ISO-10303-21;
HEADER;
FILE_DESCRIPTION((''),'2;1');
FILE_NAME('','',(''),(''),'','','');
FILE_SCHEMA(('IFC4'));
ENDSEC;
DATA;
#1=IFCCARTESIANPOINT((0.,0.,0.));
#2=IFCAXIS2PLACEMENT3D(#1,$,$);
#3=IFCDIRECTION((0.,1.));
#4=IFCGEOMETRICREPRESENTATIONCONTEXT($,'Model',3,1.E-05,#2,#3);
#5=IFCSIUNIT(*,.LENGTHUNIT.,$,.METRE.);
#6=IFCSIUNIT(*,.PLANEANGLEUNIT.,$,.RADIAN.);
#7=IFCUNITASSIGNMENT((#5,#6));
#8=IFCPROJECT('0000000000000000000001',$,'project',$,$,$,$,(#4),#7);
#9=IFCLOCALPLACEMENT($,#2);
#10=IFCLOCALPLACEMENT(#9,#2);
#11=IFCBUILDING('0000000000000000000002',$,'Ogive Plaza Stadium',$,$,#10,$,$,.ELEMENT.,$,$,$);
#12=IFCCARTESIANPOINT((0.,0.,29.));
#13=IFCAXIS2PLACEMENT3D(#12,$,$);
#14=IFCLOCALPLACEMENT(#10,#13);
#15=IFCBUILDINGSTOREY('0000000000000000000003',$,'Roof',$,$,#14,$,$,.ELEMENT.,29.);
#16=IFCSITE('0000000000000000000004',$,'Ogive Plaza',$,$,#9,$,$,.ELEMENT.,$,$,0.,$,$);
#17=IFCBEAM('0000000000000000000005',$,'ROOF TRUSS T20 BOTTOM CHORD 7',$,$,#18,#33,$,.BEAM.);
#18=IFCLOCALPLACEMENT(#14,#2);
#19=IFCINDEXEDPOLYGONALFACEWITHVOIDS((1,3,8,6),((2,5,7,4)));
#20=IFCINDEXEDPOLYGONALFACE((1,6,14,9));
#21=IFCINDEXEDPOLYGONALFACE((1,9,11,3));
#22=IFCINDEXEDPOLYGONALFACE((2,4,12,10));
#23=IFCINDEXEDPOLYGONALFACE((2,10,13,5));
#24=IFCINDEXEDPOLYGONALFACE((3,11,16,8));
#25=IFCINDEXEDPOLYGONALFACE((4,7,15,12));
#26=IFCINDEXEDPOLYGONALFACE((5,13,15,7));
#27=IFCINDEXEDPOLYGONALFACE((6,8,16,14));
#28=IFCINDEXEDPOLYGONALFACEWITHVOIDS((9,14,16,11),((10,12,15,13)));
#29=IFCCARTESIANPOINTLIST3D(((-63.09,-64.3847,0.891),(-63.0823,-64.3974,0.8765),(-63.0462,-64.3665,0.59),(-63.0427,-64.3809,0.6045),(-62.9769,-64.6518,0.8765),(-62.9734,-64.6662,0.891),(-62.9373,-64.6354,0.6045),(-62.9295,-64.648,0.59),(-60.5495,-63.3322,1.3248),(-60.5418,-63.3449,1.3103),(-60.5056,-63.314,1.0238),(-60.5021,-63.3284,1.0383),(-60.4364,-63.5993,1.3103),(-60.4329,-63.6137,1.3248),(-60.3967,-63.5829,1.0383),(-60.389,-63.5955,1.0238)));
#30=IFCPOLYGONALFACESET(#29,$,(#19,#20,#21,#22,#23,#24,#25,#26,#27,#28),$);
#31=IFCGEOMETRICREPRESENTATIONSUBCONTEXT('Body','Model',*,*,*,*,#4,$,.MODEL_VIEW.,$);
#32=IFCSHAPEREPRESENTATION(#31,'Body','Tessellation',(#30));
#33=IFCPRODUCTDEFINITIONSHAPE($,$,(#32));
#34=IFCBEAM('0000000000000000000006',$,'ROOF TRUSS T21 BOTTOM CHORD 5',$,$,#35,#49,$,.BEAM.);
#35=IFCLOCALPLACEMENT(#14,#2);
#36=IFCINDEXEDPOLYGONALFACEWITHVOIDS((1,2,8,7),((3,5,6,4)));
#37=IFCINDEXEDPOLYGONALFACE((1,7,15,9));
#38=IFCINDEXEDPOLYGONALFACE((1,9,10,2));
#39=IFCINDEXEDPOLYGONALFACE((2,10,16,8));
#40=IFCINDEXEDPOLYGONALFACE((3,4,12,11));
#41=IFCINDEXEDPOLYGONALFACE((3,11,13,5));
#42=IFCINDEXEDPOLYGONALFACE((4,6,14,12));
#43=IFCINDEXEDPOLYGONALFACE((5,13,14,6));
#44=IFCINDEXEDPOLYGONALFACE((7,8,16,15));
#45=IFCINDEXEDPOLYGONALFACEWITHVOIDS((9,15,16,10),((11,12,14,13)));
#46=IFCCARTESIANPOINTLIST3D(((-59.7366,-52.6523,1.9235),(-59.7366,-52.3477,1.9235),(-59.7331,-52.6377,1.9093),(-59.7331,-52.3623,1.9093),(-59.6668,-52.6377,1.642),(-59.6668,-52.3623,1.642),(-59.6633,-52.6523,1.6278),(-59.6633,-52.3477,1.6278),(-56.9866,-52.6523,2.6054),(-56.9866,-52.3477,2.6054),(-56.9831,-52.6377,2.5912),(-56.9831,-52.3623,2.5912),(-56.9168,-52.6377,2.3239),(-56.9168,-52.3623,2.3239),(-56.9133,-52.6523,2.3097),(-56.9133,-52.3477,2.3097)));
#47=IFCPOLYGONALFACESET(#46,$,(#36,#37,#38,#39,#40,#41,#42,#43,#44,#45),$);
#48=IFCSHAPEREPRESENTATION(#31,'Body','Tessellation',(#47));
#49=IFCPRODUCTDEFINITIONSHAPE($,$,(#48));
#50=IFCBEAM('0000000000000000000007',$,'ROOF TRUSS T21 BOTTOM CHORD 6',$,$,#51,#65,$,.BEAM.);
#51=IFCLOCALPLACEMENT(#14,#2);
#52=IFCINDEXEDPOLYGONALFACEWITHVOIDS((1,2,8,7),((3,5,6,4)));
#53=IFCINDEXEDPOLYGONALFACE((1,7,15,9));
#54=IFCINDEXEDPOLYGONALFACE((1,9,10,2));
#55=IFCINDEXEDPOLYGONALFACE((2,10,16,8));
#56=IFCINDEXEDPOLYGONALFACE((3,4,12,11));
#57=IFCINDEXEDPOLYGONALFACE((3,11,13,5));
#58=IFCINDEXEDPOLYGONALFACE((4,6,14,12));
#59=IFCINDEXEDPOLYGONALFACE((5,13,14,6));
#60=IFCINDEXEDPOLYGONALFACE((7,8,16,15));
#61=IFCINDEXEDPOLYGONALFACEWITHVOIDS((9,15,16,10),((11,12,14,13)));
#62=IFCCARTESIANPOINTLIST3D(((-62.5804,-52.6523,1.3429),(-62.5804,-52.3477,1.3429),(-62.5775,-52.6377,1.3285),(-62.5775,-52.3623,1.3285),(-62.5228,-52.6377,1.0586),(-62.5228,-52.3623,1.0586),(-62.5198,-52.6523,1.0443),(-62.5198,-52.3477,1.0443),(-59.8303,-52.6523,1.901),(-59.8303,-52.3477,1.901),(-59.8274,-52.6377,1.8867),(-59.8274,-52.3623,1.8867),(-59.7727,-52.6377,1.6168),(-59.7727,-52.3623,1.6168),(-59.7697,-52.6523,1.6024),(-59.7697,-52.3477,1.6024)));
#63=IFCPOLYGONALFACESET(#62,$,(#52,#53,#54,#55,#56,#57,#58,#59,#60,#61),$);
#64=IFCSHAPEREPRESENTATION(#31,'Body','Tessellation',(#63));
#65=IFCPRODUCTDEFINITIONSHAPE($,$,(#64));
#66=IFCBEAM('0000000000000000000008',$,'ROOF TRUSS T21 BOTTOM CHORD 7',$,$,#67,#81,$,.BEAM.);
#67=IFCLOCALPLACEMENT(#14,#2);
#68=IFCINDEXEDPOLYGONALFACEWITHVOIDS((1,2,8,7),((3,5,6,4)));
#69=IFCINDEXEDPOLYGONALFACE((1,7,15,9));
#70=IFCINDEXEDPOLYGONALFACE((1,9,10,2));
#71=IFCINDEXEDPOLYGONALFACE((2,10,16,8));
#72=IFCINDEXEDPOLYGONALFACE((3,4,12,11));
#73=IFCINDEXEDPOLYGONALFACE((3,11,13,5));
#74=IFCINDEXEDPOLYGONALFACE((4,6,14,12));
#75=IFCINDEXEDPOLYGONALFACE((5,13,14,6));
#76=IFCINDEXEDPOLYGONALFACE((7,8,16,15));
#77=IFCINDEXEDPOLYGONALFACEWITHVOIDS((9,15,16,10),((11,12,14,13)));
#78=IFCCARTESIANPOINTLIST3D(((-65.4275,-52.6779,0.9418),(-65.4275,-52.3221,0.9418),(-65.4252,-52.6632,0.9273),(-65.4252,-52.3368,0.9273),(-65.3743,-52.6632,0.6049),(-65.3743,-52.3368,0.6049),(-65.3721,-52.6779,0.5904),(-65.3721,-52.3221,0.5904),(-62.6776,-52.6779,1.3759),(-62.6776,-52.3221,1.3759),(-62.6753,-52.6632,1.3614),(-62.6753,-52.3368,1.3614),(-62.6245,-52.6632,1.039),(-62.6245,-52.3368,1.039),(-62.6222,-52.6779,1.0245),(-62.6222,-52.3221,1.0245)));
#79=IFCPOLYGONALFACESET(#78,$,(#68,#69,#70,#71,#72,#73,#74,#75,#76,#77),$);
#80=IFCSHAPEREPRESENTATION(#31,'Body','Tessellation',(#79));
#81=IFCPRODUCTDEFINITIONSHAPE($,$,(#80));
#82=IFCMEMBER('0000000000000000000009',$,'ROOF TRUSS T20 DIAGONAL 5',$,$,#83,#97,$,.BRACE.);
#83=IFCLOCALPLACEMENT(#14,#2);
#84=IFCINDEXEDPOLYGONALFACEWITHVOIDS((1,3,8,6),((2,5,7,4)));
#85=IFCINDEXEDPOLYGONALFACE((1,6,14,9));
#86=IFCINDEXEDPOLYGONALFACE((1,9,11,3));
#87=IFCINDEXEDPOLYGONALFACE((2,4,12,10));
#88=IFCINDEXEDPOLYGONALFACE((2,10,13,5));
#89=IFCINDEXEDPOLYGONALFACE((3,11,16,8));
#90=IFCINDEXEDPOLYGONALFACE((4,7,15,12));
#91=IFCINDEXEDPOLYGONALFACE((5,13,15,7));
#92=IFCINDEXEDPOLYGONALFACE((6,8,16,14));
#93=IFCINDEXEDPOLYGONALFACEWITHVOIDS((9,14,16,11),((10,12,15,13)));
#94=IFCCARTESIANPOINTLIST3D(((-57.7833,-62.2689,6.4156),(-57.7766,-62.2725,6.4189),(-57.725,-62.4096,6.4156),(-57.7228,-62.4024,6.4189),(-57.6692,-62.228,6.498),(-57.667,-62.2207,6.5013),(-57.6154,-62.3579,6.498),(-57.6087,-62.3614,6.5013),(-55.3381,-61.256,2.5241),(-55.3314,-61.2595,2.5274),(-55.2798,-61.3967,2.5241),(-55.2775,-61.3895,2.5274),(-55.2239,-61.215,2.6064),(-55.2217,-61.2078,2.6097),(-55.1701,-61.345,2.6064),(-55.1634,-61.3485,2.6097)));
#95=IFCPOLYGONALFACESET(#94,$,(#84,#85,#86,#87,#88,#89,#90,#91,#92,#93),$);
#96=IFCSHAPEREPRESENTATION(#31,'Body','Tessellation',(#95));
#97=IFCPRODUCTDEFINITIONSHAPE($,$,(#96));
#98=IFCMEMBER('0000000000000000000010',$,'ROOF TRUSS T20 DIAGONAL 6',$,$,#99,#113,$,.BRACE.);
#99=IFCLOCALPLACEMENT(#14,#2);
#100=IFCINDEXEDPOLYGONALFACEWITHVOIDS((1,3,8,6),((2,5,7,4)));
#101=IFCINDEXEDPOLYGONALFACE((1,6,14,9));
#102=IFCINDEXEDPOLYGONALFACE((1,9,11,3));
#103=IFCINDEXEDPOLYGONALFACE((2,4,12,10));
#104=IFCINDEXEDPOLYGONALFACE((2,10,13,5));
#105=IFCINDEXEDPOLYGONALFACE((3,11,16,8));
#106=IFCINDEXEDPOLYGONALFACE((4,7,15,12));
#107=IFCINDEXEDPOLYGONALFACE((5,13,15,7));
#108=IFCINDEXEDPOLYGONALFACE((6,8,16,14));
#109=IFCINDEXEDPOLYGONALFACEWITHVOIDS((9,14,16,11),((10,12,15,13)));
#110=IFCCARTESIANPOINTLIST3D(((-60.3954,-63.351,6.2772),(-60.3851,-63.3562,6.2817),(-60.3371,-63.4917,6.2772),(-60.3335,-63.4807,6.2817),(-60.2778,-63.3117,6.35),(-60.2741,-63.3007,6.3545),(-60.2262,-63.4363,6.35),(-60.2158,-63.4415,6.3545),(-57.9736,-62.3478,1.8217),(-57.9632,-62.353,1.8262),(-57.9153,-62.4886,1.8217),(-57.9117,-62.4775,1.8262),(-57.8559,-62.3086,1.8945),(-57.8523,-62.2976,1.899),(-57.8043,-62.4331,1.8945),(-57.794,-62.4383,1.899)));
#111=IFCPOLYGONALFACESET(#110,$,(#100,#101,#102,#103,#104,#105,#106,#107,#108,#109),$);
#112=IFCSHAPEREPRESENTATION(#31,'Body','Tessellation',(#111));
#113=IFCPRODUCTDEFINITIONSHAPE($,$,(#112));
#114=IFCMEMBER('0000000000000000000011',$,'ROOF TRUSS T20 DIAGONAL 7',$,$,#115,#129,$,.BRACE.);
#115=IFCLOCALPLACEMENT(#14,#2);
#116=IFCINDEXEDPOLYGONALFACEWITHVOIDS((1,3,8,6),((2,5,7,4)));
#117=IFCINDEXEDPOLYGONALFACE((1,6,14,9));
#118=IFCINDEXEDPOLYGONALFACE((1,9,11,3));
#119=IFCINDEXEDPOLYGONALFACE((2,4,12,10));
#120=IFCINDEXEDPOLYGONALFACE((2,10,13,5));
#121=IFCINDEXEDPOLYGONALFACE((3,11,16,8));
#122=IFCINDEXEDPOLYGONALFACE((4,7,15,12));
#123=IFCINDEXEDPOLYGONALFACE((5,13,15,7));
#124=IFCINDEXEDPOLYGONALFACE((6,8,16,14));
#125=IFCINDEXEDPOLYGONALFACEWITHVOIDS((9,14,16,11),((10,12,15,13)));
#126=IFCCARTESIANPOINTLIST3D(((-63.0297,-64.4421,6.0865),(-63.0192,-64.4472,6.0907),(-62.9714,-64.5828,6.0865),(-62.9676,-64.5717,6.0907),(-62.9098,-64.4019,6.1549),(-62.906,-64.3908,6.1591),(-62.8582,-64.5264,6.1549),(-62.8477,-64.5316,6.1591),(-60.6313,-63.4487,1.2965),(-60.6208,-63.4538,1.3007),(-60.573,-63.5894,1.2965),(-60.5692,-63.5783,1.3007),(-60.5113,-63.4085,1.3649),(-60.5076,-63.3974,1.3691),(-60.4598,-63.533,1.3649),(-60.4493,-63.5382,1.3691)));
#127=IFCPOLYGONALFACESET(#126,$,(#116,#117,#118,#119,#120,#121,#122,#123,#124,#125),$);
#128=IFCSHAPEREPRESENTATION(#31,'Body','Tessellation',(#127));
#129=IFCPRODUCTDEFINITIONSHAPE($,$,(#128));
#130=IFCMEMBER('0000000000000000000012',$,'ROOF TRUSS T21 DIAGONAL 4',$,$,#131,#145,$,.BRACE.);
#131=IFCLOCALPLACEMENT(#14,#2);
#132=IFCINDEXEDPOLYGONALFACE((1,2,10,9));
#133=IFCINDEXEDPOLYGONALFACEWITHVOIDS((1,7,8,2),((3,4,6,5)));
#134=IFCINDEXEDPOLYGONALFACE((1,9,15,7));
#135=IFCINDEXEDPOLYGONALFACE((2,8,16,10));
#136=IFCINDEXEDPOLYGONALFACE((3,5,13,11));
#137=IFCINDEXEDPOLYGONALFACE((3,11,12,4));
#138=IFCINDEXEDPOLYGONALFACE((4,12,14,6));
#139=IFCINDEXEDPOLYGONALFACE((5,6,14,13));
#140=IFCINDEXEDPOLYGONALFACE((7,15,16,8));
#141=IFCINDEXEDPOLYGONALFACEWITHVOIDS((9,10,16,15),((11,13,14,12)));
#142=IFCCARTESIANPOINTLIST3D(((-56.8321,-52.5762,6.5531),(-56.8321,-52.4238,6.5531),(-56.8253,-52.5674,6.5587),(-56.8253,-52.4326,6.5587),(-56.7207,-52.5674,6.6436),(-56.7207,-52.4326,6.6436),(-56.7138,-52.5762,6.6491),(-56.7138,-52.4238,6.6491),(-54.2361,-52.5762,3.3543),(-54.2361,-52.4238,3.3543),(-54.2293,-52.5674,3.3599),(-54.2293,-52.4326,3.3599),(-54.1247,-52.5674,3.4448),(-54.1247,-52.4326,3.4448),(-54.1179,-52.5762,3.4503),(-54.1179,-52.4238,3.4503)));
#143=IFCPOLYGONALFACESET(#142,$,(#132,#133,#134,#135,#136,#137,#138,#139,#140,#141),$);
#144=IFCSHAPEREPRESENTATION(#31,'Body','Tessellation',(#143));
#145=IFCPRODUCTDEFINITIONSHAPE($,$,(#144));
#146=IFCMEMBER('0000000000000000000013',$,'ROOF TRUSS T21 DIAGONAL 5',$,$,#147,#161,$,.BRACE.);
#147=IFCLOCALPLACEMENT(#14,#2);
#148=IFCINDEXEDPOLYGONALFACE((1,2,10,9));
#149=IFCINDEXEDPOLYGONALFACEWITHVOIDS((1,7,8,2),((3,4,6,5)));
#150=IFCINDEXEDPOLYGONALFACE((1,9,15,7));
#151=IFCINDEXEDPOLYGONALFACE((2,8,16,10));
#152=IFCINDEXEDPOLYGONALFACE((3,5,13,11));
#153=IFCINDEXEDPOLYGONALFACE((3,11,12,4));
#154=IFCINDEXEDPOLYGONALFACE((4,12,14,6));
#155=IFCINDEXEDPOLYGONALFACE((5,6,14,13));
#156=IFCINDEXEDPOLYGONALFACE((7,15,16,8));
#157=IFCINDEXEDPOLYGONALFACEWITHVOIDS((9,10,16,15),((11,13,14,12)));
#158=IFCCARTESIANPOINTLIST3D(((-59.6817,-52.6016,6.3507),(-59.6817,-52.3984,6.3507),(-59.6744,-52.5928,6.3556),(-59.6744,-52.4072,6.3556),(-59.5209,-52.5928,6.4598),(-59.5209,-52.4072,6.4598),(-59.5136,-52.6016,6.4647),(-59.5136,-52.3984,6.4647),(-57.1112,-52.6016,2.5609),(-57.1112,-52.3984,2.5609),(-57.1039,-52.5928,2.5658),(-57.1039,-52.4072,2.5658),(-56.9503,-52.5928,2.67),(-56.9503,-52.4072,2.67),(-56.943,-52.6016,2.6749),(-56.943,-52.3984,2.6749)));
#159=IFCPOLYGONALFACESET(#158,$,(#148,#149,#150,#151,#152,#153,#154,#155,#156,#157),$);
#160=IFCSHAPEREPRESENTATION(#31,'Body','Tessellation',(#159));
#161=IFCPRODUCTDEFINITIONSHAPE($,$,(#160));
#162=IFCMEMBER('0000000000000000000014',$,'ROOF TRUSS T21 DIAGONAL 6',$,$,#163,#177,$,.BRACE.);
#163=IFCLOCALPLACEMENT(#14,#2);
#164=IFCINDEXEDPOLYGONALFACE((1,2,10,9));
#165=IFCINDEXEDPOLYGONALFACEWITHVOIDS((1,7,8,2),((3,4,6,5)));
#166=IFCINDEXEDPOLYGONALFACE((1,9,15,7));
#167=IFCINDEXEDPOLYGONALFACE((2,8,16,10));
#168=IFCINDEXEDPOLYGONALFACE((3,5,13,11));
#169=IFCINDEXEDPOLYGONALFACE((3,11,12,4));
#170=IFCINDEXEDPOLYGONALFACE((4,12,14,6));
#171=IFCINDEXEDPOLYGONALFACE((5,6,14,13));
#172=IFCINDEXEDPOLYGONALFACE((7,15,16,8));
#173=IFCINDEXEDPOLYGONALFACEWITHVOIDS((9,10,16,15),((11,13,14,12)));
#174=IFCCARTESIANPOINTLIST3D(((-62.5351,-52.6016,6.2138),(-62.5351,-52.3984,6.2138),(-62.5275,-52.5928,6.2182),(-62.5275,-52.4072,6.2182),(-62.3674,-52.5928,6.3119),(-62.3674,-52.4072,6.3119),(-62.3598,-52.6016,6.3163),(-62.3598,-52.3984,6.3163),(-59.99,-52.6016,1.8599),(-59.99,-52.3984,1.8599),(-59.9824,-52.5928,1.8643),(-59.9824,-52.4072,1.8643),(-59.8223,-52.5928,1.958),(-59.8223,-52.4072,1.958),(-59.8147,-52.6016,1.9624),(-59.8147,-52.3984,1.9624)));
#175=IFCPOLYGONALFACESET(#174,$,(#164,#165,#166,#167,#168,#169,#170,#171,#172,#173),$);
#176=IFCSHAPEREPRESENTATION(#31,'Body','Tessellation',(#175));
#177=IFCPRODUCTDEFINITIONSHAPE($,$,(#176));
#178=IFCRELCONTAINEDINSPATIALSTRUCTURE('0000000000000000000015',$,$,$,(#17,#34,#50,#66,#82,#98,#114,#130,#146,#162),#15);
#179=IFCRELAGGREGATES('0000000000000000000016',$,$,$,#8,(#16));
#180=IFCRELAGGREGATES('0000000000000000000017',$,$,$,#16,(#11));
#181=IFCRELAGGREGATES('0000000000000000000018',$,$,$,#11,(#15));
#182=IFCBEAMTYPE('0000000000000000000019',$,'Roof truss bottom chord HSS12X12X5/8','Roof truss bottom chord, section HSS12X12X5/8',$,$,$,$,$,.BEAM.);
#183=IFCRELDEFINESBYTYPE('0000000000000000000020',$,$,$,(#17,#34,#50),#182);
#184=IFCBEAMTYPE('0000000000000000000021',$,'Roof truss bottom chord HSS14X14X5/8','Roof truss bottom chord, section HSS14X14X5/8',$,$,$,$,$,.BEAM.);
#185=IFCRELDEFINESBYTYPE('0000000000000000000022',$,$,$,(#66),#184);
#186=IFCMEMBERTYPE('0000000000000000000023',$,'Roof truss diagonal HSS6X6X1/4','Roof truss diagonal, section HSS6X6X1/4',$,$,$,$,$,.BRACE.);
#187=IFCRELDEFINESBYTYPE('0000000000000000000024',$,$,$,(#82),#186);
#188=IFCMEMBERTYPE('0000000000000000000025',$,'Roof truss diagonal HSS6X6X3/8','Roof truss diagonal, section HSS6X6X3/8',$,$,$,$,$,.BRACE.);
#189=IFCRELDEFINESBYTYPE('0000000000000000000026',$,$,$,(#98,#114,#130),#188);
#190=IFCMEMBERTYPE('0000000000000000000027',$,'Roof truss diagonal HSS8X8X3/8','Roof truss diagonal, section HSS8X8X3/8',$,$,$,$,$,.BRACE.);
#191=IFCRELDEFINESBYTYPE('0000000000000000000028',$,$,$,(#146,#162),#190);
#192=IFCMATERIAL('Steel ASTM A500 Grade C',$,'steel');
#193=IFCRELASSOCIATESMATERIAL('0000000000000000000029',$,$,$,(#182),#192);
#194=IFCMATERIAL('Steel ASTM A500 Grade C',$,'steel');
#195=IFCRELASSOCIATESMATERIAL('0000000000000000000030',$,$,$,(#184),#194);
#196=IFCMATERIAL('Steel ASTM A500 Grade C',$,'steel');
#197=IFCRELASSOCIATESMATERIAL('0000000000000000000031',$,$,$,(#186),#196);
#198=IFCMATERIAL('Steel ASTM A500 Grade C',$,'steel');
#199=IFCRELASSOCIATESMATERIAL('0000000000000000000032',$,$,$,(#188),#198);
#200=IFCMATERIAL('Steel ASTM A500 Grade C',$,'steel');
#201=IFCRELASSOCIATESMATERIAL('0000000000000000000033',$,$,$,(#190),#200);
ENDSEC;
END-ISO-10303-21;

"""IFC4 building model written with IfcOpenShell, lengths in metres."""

from ifc_helpers import new_model, si_unit, direction, frame, origin, origin_2d, place, context, subcontext, project, spatial, hollow_rectangle, extrude, material, material_profile, profile_set, type_object, element, save


model = new_model("IFC4")

# Units and contexts
model_context = context("Model", 3, precision=1e-05, world=origin(), true_north=direction((0.0, 1.0)))
body_context = subcontext(model_context, "Body", "Model", "MODEL_VIEW")
ifc_project = project(units=[si_unit("LENGTHUNIT", "METRE"), si_unit("PLANEANGLEUNIT", "RADIAN")], contexts=[model_context])

# Site, building, storey
site_placement = place(None, origin())
site = spatial("IfcSite", under=ifc_project, at=site_placement, Name="Ogive Plaza", CompositionType="ELEMENT", RefElevation=0.0)
building_placement = place(site_placement, origin())
building = spatial("IfcBuilding", under=site, at=building_placement, Name="Ogive Plaza Stadium", CompositionType="ELEMENT")
storey_placement = place(building_placement, frame((0.0, 0.0, 29.0)))
storey = spatial("IfcBuildingStorey", under=building, at=storey_placement, Name="Roof", CompositionType="ELEMENT", Elevation=29.0)

# Beams
ifc_material_1 = material(Name="Steel ASTM A500 Grade C", Category="steel")
ifc_material_profile_1 = material_profile(ifc_material_1, hollow_rectangle(XDim=0.3047, YDim=0.3047, WallThickness=0.0146, at=origin_2d()), Name="HSS12X12X5/8")
ifc_profile_set_1 = profile_set([ifc_material_profile_1], Name="Steel ASTM A500 Grade C")
beam_type_1 = type_object("IfcBeamType", Name="Roof truss bottom chord HSS12X12X5/8", Description="Roof truss bottom chord, section HSS12X12X5/8", PredefinedType="BEAM", material=ifc_profile_set_1)
beam_1_placement = place(storey_placement, frame((-60.4692, -63.4639, 1.1743), z_axis=(-0.912571, -0.37806, -0.155837), x_axis=(0.382736, -0.923858, 0.0)))
element("IfcBeam", 1, at=beam_1_placement, inside=storey, type_object=beam_type_1, Name="ROOF TRUSS T20 BOTTOM CHORD 7", PredefinedType="BEAM", context=body_context, shape_type="SweptSolid", body=[
    extrude(hollow_rectangle(XDim=0.3047, YDim=0.3047, WallThickness=0.0146, at=origin_2d()), origin(), (0.0, 0.0, 1.0), 2.7839),
])
beam_2_placement = place(storey_placement, frame((-56.95, -52.5, 2.4575), z_axis=(-0.970607, 0.0, -0.24067), x_axis=(0.0, -1.0, 0.0)))
element("IfcBeam", 2, at=beam_2_placement, inside=storey, type_object=beam_type_1, Name="ROOF TRUSS T21 BOTTOM CHORD 5", PredefinedType="BEAM", context=body_context, shape_type="SweptSolid", body=[
    extrude(hollow_rectangle(XDim=0.3047, YDim=0.3047, WallThickness=0.0146, at=origin_2d()), origin(), (0.0, 0.0, 1.0), 2.8333),
])
beam_3_placement = place(storey_placement, frame((-59.8, -52.5, 1.7517), z_axis=(-0.980021, 0.0, -0.198893), x_axis=(0.0, -1.0, 0.0)))
element("IfcBeam", 3, at=beam_3_placement, inside=storey, type_object=beam_type_1, Name="ROOF TRUSS T21 BOTTOM CHORD 6", PredefinedType="BEAM", context=body_context, shape_type="SweptSolid", body=[
    extrude(hollow_rectangle(XDim=0.3047, YDim=0.3047, WallThickness=0.0146, at=origin_2d()), origin(), (0.0, 0.0, 1.0), 2.8062),
])
ifc_material_2 = material(Name="Steel ASTM A500 Grade C", Category="steel")
ifc_material_profile_2 = material_profile(ifc_material_2, hollow_rectangle(XDim=0.3557, YDim=0.3557, WallThickness=0.0146, at=origin_2d()), Name="HSS14X14X5/8")
ifc_profile_set_2 = profile_set([ifc_material_profile_2], Name="Steel ASTM A500 Grade C")
beam_type_2 = type_object("IfcBeamType", Name="Roof truss bottom chord HSS14X14X5/8", Description="Roof truss bottom chord, section HSS14X14X5/8", PredefinedType="BEAM", material=ifc_profile_set_2)
beam_4_placement = place(storey_placement, frame((-62.6499, -52.5, 1.2002), z_axis=(-0.98777, 0.0, -0.155918), x_axis=(0.0, -1.0, 0.0)))
element("IfcBeam", 4, at=beam_4_placement, inside=storey, type_object=beam_type_2, Name="ROOF TRUSS T21 BOTTOM CHORD 7", PredefinedType="BEAM", context=body_context, shape_type="SweptSolid", body=[
    extrude(hollow_rectangle(XDim=0.3557, YDim=0.3557, WallThickness=0.0146, at=origin_2d()), origin(), (0.0, 0.0, 1.0), 2.7839),
])

# Members
ifc_material_3 = material(Name="Steel ASTM A500 Grade C", Category="steel")
ifc_material_profile_3 = material_profile(ifc_material_3, hollow_rectangle(XDim=0.1523, YDim=0.1523, WallThickness=0.0059, at=origin_2d()), Name="HSS6X6X1/4")
ifc_profile_set_3 = profile_set([ifc_material_profile_3], Name="Steel ASTM A500 Grade C")
member_type_1 = type_object("IfcMemberType", Name="Roof truss diagonal HSS6X6X1/4", Description="Roof truss diagonal, section HSS6X6X1/4", PredefinedType="BRACE", material=ifc_profile_set_3)
member_1_placement = place(storey_placement, frame((-55.2507, -61.3022, 2.5669), z_axis=(-0.519572, -0.215226, 0.826875), x_axis=(0.382702, -0.923872, 0.0)))
element("IfcMember", 5, at=member_1_placement, inside=storey, type_object=member_type_1, Name="ROOF TRUSS T20 DIAGONAL 5", PredefinedType="BRACE", context=body_context, shape_type="SweptSolid", body=[
    extrude(hollow_rectangle(XDim=0.1523, YDim=0.1523, WallThickness=0.0059, at=origin_2d()), origin(), (0.0, 0.0, 1.0), 4.7063),
])
ifc_material_4 = material(Name="Steel ASTM A500 Grade C", Category="steel")
ifc_material_profile_4 = material_profile(ifc_material_4, hollow_rectangle(XDim=0.1523, YDim=0.1523, WallThickness=0.0088, at=origin_2d()), Name="HSS6X6X3/8")
ifc_profile_set_4 = profile_set([ifc_material_profile_4], Name="Steel ASTM A500 Grade C")
member_type_2 = type_object("IfcMemberType", Name="Roof truss diagonal HSS6X6X3/8", Description="Roof truss diagonal, section HSS6X6X3/8", PredefinedType="BRACE", material=ifc_profile_set_4)
member_2_placement = place(storey_placement, frame((-57.8838, -62.3931, 1.8604), z_axis=(-0.468492, -0.194056, 0.861892), x_axis=(0.382684, -0.923879, 0.0)))
element("IfcMember", 6, at=member_2_placement, inside=storey, type_object=member_type_2, Name="ROOF TRUSS T20 DIAGONAL 6", PredefinedType="BRACE", context=body_context, shape_type="SweptSolid", body=[
    extrude(hollow_rectangle(XDim=0.1523, YDim=0.1523, WallThickness=0.0088, at=origin_2d()), origin(), (0.0, 0.0, 1.0), 5.1694),
])
member_3_placement = place(storey_placement, frame((-60.5403, -63.4934, 1.3328), z_axis=(-0.440219, -0.182334, 0.879183), x_axis=(0.382665, -0.923887, 0.0)))
element("IfcMember", 7, at=member_3_placement, inside=storey, type_object=member_type_2, Name="ROOF TRUSS T20 DIAGONAL 7", PredefinedType="BRACE", context=body_context, shape_type="SweptSolid", body=[
    extrude(hollow_rectangle(XDim=0.1523, YDim=0.1523, WallThickness=0.0088, at=origin_2d()), origin(), (0.0, 0.0, 1.0), 5.4482),
])
member_4_placement = place(storey_placement, frame((-54.177, -52.5, 3.4023), z_axis=(-0.630151, 0.0, 0.776473), x_axis=(0.0, -1.0, 0.0)))
element("IfcMember", 8, at=member_4_placement, inside=storey, type_object=member_type_2, Name="ROOF TRUSS T21 DIAGONAL 4", PredefinedType="BRACE", context=body_context, shape_type="SweptSolid", body=[
    extrude(hollow_rectangle(XDim=0.1523, YDim=0.1523, WallThickness=0.0088, at=origin_2d()), origin(), (0.0, 0.0, 1.0), 4.1196),
])
ifc_material_5 = material(Name="Steel ASTM A500 Grade C", Category="steel")
ifc_material_profile_5 = material_profile(ifc_material_5, hollow_rectangle(XDim=0.2031, YDim=0.2031, WallThickness=0.0088, at=origin_2d()), Name="HSS8X8X3/8")
ifc_profile_set_5 = profile_set([ifc_material_profile_5], Name="Steel ASTM A500 Grade C")
member_type_3 = type_object("IfcMemberType", Name="Roof truss diagonal HSS8X8X3/8", Description="Roof truss diagonal, section HSS8X8X3/8", PredefinedType="BRACE", material=ifc_profile_set_5)
member_5_placement = place(storey_placement, frame((-57.0271, -52.5, 2.6179), z_axis=(-0.561338, 0.0, 0.827586), x_axis=(0.0, -1.0, 0.0)))
element("IfcMember", 9, at=member_5_placement, inside=storey, type_object=member_type_3, Name="ROOF TRUSS T21 DIAGONAL 5", PredefinedType="BRACE", context=body_context, shape_type="SweptSolid", body=[
    extrude(hollow_rectangle(XDim=0.2031, YDim=0.2031, WallThickness=0.0088, at=origin_2d()), origin(), (0.0, 0.0, 1.0), 4.5793),
])
member_6_placement = place(storey_placement, frame((-59.9023, -52.5, 1.9111), z_axis=(-0.504659, 0.0, 0.863319), x_axis=(0.0, -1.0, 0.0)))
element("IfcMember", 10, at=member_6_placement, inside=storey, type_object=member_type_3, Name="ROOF TRUSS T21 DIAGONAL 6", PredefinedType="BRACE", context=body_context, shape_type="SweptSolid", body=[
    extrude(hollow_rectangle(XDim=0.2031, YDim=0.2031, WallThickness=0.0088, at=origin_2d()), origin(), (0.0, 0.0, 1.0), 5.0432),
])

save(model, "model.ifc")
